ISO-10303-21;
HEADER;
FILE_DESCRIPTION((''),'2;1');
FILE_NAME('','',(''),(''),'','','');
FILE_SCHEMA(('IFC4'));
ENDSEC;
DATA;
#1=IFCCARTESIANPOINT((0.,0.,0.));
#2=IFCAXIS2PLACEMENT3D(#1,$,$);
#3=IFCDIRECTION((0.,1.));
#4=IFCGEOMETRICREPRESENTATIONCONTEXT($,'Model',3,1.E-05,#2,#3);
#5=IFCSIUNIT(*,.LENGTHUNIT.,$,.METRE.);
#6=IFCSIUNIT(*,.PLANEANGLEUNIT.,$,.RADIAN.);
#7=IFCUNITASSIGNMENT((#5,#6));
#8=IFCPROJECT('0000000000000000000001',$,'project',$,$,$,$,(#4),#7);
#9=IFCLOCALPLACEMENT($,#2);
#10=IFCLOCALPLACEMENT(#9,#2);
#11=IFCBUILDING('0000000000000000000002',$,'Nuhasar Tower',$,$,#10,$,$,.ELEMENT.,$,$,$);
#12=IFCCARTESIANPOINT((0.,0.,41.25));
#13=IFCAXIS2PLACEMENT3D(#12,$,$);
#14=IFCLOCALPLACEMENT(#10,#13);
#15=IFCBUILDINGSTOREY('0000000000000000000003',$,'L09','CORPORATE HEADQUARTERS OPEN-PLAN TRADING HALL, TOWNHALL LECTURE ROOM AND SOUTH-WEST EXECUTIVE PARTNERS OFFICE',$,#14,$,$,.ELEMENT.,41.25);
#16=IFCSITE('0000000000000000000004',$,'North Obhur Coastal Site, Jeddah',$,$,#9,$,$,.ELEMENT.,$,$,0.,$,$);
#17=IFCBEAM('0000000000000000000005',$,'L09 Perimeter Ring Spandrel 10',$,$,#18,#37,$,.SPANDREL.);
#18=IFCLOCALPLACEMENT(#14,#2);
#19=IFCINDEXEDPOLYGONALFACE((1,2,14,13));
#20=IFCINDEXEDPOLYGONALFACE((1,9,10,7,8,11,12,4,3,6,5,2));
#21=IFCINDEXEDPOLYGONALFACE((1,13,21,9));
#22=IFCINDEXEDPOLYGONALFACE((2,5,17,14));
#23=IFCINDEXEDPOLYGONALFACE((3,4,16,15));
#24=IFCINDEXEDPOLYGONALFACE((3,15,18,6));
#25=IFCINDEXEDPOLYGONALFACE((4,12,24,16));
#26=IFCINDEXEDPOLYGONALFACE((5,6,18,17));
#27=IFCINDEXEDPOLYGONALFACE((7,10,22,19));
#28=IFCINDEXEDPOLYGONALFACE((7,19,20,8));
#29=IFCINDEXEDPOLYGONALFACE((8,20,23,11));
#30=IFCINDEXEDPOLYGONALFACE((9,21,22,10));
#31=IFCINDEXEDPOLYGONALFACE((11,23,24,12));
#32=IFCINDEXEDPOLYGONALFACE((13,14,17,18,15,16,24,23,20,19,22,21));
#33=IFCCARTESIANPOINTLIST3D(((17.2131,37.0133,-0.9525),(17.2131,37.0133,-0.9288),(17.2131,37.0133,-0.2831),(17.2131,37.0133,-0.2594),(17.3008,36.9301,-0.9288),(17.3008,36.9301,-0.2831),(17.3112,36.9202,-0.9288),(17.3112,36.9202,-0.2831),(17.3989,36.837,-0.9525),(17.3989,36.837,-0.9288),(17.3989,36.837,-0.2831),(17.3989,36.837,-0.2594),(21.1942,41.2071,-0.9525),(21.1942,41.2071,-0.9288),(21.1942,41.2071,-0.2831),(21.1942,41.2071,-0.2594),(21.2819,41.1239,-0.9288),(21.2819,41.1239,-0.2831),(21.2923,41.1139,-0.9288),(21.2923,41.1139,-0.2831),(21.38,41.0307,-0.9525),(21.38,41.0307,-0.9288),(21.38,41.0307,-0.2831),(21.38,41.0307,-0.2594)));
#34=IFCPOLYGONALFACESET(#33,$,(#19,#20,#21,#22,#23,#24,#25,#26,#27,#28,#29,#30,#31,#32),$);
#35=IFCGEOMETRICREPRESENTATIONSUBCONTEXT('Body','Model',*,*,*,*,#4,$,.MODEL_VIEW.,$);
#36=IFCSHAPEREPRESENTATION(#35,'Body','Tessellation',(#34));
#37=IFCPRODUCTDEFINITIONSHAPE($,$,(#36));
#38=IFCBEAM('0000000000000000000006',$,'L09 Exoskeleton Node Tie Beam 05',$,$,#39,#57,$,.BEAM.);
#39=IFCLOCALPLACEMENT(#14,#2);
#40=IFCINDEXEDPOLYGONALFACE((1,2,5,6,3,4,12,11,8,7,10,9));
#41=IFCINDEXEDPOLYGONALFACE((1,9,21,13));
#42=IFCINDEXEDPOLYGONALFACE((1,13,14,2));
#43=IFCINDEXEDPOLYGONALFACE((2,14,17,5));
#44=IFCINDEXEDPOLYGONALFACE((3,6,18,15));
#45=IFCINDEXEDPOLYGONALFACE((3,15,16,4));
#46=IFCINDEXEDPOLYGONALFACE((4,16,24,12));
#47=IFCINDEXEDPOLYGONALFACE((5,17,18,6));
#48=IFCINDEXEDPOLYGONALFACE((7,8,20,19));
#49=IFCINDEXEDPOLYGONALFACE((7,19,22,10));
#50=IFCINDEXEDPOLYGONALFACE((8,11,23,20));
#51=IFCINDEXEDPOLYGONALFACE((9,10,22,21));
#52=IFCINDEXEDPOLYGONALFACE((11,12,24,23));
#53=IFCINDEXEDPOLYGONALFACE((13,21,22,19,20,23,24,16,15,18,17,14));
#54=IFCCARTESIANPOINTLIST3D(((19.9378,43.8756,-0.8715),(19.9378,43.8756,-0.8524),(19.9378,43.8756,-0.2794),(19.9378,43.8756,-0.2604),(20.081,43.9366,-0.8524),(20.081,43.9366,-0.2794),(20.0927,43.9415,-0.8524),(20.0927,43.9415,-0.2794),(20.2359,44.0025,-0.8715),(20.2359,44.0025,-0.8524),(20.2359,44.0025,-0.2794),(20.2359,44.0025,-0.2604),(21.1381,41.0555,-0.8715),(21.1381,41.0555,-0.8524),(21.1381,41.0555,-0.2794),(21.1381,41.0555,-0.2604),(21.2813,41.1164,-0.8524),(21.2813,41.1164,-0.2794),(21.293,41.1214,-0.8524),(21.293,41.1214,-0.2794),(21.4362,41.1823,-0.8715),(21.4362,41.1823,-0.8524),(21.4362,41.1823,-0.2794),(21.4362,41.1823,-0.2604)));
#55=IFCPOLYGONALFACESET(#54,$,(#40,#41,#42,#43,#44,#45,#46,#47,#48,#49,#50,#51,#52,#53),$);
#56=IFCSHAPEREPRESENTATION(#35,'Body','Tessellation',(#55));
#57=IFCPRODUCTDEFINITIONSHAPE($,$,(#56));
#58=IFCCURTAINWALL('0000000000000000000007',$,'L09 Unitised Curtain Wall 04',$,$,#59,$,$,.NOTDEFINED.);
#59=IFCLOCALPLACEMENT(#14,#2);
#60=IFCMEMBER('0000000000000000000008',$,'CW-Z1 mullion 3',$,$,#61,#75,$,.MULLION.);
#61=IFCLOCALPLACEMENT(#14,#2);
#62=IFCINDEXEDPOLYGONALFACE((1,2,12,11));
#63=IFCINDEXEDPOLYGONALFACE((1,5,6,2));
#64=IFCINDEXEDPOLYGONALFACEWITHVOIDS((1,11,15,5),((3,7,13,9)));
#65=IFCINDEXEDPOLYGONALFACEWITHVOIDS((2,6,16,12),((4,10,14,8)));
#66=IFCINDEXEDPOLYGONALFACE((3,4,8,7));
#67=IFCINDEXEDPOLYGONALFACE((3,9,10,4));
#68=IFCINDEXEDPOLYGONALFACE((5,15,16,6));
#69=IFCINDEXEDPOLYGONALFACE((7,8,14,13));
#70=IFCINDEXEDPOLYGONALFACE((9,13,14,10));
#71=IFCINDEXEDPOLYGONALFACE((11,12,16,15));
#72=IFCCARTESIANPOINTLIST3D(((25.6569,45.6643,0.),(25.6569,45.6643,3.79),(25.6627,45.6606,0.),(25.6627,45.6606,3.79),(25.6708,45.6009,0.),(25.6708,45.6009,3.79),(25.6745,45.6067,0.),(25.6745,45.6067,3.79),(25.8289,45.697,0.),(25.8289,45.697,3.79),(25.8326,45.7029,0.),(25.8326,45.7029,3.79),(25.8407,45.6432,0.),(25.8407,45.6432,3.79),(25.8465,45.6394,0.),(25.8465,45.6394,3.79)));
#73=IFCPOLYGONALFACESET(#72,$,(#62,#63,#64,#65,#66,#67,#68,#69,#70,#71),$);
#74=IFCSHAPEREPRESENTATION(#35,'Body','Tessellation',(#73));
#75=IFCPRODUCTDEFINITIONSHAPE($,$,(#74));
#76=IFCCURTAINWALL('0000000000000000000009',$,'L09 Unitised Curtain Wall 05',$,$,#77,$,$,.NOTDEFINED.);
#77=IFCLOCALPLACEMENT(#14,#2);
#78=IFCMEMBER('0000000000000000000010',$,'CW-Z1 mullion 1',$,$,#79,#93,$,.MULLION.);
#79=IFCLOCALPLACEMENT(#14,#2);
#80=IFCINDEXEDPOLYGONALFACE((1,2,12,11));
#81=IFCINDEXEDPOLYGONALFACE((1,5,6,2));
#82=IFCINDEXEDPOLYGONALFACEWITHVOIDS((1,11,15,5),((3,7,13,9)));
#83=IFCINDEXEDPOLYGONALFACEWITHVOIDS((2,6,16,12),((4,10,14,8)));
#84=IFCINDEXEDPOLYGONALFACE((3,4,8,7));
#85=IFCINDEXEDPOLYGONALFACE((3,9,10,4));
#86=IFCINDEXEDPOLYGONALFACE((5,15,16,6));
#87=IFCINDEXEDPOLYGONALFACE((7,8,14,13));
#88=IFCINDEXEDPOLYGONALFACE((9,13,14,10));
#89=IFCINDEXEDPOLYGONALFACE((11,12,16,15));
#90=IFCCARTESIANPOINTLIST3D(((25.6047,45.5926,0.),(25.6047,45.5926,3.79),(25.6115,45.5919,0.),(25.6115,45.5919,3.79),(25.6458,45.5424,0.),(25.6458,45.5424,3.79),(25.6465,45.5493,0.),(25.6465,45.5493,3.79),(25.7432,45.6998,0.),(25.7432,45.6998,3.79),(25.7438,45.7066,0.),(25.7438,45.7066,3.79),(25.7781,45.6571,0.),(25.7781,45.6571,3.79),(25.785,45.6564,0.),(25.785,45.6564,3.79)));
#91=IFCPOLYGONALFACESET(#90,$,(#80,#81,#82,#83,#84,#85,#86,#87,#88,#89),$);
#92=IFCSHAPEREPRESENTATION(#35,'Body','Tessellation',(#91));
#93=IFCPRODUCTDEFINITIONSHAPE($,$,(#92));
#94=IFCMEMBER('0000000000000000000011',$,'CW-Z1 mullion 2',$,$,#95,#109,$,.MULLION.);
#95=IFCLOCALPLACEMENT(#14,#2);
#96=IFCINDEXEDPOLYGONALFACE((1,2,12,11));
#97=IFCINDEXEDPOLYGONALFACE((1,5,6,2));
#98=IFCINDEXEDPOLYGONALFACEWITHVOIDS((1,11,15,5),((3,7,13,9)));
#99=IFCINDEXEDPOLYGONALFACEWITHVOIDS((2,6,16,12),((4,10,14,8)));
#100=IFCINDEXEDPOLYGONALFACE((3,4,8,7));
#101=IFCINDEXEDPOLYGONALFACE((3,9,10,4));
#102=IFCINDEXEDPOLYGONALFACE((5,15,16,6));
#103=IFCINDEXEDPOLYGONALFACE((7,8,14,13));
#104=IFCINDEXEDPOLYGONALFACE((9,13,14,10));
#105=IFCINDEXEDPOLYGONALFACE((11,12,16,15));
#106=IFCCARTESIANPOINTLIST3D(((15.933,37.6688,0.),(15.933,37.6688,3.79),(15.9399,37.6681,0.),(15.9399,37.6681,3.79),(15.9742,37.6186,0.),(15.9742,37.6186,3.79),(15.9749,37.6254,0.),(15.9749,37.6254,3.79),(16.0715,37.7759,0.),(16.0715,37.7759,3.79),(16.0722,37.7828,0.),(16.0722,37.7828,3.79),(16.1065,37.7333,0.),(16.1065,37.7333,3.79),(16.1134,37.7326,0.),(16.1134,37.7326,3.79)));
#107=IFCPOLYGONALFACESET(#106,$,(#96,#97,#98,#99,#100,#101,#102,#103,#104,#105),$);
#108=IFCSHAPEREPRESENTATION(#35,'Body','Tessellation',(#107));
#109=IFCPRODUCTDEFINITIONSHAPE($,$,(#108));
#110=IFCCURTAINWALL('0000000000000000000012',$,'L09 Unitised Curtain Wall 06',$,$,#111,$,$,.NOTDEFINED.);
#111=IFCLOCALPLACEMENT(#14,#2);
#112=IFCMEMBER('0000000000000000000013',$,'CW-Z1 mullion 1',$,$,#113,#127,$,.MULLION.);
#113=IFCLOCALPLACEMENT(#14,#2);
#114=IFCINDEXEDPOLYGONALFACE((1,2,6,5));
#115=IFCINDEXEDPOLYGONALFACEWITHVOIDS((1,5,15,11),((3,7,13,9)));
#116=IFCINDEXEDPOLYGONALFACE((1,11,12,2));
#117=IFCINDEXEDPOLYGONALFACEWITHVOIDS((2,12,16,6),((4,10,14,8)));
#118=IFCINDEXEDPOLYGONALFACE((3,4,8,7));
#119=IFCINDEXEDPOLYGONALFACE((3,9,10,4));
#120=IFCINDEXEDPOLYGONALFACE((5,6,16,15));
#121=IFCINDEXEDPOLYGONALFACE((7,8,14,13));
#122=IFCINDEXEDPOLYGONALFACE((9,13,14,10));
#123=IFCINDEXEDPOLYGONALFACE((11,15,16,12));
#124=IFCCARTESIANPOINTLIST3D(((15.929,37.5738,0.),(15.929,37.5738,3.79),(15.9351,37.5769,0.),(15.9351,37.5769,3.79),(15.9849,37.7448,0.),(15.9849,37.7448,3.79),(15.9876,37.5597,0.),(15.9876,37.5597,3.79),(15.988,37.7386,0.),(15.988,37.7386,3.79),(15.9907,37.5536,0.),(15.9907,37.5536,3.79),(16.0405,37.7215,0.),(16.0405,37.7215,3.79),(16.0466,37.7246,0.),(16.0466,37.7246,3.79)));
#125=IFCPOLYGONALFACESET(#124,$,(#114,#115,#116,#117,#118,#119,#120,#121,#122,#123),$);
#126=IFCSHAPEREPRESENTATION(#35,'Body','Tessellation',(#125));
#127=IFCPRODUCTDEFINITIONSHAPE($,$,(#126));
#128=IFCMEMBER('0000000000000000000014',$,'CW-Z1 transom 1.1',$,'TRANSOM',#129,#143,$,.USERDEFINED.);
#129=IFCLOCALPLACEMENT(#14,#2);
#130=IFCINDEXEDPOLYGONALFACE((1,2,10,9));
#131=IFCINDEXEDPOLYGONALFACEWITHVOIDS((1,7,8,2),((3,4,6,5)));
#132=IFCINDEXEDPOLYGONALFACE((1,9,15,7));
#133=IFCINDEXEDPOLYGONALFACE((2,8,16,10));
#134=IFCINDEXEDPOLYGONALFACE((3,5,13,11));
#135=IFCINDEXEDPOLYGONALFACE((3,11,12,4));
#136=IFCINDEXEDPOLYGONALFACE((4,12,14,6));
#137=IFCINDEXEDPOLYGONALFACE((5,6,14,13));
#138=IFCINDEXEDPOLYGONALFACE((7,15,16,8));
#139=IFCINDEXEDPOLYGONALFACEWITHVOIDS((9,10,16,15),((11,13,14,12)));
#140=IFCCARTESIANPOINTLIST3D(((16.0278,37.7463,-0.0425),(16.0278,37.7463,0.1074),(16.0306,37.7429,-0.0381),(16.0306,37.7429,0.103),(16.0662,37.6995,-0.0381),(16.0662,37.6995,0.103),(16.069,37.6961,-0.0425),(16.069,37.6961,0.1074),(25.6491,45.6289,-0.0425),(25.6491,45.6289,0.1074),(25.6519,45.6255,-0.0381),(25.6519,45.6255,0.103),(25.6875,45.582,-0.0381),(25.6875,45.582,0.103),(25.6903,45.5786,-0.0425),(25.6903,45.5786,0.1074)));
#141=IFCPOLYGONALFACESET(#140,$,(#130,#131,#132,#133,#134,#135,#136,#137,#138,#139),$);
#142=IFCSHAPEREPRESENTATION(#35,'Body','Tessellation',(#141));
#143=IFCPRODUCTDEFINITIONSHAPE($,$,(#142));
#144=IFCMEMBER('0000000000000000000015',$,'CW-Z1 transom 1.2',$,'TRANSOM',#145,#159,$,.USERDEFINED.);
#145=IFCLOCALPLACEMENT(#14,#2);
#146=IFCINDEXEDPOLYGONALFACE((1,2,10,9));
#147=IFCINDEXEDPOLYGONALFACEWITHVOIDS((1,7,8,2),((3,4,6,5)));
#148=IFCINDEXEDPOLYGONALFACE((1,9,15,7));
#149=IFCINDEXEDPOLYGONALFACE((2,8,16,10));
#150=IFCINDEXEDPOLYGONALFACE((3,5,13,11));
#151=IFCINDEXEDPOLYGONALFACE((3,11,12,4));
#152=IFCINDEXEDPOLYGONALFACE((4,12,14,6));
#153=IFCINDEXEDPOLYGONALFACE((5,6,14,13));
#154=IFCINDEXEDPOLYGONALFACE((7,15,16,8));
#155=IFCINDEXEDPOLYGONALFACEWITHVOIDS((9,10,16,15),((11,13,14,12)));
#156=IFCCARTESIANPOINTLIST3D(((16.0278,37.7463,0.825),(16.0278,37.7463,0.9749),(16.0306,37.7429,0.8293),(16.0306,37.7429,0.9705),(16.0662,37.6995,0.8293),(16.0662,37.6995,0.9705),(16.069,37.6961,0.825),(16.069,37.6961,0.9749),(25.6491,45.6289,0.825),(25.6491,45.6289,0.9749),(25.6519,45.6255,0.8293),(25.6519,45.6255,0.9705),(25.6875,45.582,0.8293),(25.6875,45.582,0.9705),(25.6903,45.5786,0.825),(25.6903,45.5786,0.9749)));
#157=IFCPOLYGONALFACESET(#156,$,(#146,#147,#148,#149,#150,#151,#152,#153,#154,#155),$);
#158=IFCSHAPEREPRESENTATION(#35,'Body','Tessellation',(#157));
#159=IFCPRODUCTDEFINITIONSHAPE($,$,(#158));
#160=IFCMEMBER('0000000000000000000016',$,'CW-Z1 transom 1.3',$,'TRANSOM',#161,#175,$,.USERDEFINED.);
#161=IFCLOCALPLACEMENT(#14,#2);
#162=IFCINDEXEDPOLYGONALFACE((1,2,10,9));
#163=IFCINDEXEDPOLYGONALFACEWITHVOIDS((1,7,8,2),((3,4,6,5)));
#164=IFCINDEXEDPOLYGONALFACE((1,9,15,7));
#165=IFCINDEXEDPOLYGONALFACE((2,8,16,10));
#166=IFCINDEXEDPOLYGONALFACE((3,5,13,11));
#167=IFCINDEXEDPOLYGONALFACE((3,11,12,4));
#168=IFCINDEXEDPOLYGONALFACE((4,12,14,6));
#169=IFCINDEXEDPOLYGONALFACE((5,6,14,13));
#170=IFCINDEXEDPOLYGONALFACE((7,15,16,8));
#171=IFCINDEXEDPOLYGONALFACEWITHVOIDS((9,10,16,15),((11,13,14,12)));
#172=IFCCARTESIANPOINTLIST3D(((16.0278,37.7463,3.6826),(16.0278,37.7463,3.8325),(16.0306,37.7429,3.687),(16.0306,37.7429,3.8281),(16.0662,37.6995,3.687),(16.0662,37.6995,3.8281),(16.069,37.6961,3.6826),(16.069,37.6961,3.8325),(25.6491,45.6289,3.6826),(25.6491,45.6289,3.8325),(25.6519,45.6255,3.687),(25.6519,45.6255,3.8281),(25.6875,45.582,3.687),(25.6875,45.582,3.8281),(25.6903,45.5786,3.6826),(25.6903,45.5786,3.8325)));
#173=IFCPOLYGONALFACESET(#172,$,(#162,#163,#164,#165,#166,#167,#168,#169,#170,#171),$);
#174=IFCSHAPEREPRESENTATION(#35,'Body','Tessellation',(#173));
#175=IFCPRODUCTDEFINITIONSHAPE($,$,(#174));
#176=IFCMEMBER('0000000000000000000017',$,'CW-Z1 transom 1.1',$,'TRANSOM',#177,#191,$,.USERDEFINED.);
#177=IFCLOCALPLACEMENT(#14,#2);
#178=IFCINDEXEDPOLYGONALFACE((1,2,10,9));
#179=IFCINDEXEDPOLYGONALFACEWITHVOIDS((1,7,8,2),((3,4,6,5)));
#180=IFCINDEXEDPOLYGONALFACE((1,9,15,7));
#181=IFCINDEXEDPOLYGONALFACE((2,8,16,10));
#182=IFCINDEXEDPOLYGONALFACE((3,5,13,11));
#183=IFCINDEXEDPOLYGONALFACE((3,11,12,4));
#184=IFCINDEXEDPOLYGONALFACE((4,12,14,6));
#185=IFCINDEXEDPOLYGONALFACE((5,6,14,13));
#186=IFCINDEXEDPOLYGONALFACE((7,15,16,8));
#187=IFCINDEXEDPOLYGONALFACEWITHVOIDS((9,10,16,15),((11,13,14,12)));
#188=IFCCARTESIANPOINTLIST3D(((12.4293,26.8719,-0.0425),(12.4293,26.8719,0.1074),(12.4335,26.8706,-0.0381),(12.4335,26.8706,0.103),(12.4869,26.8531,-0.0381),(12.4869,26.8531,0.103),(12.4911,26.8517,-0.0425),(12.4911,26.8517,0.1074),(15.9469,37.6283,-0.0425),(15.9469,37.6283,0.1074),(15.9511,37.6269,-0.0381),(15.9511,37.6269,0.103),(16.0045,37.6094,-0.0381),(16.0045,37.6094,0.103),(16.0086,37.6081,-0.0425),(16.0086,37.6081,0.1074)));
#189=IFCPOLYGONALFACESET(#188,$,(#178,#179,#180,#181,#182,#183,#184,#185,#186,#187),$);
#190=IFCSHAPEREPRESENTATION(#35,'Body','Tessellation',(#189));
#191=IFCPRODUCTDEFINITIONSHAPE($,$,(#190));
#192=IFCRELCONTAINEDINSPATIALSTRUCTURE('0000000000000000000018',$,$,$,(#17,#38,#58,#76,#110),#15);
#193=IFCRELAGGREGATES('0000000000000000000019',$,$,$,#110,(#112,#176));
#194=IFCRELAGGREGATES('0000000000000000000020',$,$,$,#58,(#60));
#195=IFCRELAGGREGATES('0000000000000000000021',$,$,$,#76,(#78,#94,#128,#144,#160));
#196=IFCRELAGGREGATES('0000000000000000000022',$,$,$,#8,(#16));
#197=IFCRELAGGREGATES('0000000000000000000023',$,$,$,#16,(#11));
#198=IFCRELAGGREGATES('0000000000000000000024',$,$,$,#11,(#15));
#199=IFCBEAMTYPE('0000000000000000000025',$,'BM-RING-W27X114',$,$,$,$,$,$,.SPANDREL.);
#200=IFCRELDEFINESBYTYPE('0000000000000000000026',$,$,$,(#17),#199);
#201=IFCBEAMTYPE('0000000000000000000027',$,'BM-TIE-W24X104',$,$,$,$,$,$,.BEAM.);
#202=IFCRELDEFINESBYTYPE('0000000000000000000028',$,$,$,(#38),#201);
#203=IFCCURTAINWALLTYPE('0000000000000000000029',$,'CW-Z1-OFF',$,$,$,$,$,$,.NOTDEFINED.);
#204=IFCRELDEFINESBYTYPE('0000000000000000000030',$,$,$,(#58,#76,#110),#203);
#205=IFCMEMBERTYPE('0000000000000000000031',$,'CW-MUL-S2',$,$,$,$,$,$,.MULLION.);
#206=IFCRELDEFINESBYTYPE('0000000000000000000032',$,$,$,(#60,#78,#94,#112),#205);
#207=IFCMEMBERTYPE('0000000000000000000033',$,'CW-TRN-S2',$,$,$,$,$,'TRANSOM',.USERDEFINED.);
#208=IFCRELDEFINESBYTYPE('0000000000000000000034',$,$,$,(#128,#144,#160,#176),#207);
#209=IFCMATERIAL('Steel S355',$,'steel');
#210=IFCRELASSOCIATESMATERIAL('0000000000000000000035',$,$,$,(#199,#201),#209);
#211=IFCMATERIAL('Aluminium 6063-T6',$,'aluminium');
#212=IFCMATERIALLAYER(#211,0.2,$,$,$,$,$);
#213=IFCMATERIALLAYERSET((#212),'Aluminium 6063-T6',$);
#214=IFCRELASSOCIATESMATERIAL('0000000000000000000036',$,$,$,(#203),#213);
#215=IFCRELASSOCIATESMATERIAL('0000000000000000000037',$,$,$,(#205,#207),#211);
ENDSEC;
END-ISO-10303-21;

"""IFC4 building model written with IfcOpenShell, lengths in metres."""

from ifc_helpers import new_model, si_unit, direction, frame, origin, origin_2d, place, context, subcontext, project, spatial, hollow_rectangle, i_section, extrude, material, layer, layer_set, material_profile, profile_set, type_object, element, aggregate, save


model = new_model("IFC4")

# Units and contexts
model_context = context("Model", 3, precision=1e-05, world=origin(), true_north=direction((0.0, 1.0)))
body_context = subcontext(model_context, "Body", "Model", "MODEL_VIEW")
ifc_project = project(units=[si_unit("LENGTHUNIT", "METRE"), si_unit("PLANEANGLEUNIT", "RADIAN")], contexts=[model_context])

# Site, building, storey
site_placement = place(None, origin())
site = spatial("IfcSite", under=ifc_project, at=site_placement, Name="North Obhur Coastal Site, Jeddah", CompositionType="ELEMENT", RefElevation=0.0)
building_placement = place(site_placement, origin())
building = spatial("IfcBuilding", under=site, at=building_placement, Name="Nuhasar Tower", CompositionType="ELEMENT")
storey_placement = place(building_placement, frame((0.0, 0.0, 41.25)))
storey = spatial("IfcBuildingStorey", under=building, at=storey_placement, Name="L09", Description="CORPORATE HEADQUARTERS OPEN-PLAN TRADING HALL, TOWNHALL LECTURE ROOM AND SOUTH-WEST EXECUTIVE PARTNERS OFFICE", CompositionType="ELEMENT", Elevation=41.25)

# Beams
ifc_material_1 = material(Name="Steel S355", Category="steel")
ifc_material_profile_1 = material_profile(ifc_material_1, i_section(OverallWidth=0.2561, OverallDepth=0.6931, WebThickness=0.0144, FlangeThickness=0.0237, at=origin_2d()), Name="W27X114")
ifc_profile_set_1 = profile_set([ifc_material_profile_1], Name="Steel S355")
beam_type_1 = type_object("IfcBeamType", Name="BM-RING-W27X114", PredefinedType="SPANDREL", material=ifc_profile_set_1)
beam_1_placement = place(storey_placement, frame((21.2871, 41.1189, -0.606), z_axis=(-0.688481, -0.725254, 0.0), x_axis=(0.725254, -0.688481, 0.0)))
element("IfcBeam", 1, at=beam_1_placement, inside=storey, type_object=beam_type_1, Name="L09 Perimeter Ring Spandrel 10", PredefinedType="SPANDREL", context=body_context, shape_type="SweptSolid", body=[
    extrude(i_section(OverallWidth=0.2561, OverallDepth=0.6931, WebThickness=0.0144, FlangeThickness=0.0237, at=origin_2d()), origin(), (0.0, 0.0, 1.0), 5.7825),
])
ifc_material_profile_2 = material_profile(ifc_material_1, i_section(OverallWidth=0.324, OverallDepth=0.6111, WebThickness=0.0127, FlangeThickness=0.019, at=origin_2d()), Name="W24X104")
ifc_profile_set_2 = profile_set([ifc_material_profile_2], Name="Steel S355")
beam_type_2 = type_object("IfcBeamType", Name="BM-TIE-W24X104", PredefinedType="BEAM", material=ifc_profile_set_2)
beam_2_placement = place(storey_placement, frame((21.2871, 41.1189, -0.5659), z_axis=(-0.391601, 0.920135, 0.0), x_axis=(-0.920135, -0.391601, 0.0)))
element("IfcBeam", 2, at=beam_2_placement, inside=storey, type_object=beam_type_2, Name="L09 Exoskeleton Node Tie Beam 05", PredefinedType="BEAM", context=body_context, shape_type="SweptSolid", body=[
    extrude(i_section(OverallWidth=0.324, OverallDepth=0.6111, WebThickness=0.0127, FlangeThickness=0.019, at=origin_2d()), origin(), (0.0, 0.0, 1.0), 3.0649),
])

# Curtain wall, member
ifc_material_2 = material(Name="Aluminium 6063-T6", Category="aluminium")
ifc_layer_1 = layer(ifc_material_2, 0.2)
ifc_layer_set_1 = layer_set([ifc_layer_1], Name="Aluminium 6063-T6")
curtain_wall_type = type_object("IfcCurtainWallType", Name="CW-Z1-OFF", PredefinedType="NOTDEFINED", material=ifc_layer_set_1)
curtain_wall_1_placement = place(storey_placement, origin())
curtain_wall_1 = element("IfcCurtainWall", 3, at=curtain_wall_1_placement, inside=storey, type_object=curtain_wall_type, Name="L09 Unitised Curtain Wall 04", PredefinedType="NOTDEFINED")
ifc_material_profile_3 = material_profile(ifc_material_2, hollow_rectangle(XDim=0.0649, YDim=0.1799, WallThickness=0.0049, at=origin_2d()), Name="CWM-2")
ifc_profile_set_3 = profile_set([ifc_material_profile_3], Name="Aluminium 6063-T6")
member_type_1 = type_object("IfcMemberType", Name="CW-MUL-S2", PredefinedType="MULLION", material=ifc_profile_set_3)
member_1_placement = place(storey_placement, frame((25.7517, 45.6519, 0.0), z_axis=(0.0, 0.0, 1.0), x_axis=(0.214399, -0.976746, 0.0)))
member_1 = element("IfcMember", 4, at=member_1_placement, type_object=member_type_1, Name="CW-Z1 mullion 3", PredefinedType="MULLION", context=body_context, shape_type="SweptSolid", body=[
    extrude(hollow_rectangle(XDim=0.0649, YDim=0.1799, WallThickness=0.0049, at=origin_2d()), origin(), (0.0, 0.0, 1.0), 3.79),
])

# Curtain wall, members
curtain_wall_2_placement = place(storey_placement, origin())
curtain_wall_2 = element("IfcCurtainWall", 5, at=curtain_wall_2_placement, inside=storey, type_object=curtain_wall_type, Name="L09 Unitised Curtain Wall 05", PredefinedType="NOTDEFINED")
member_2_placement = place(storey_placement, frame((25.6948, 45.6245, 0.0), z_axis=(0.0, 0.0, 1.0), x_axis=(0.633745, -0.773542, 0.0)))
member_2 = element("IfcMember", 6, at=member_2_placement, type_object=member_type_1, Name="CW-Z1 mullion 1", PredefinedType="MULLION", context=body_context, shape_type="SweptSolid", body=[
    extrude(hollow_rectangle(XDim=0.0649, YDim=0.1799, WallThickness=0.0049, at=origin_2d()), origin(), (0.0, 0.0, 1.0), 3.79),
])
member_3_placement = place(storey_placement, frame((16.0232, 37.7007, 0.0), z_axis=(0.0, 0.0, 1.0), x_axis=(0.633745, -0.773542, 0.0)))
member_3 = element("IfcMember", 7, at=member_3_placement, type_object=member_type_1, Name="CW-Z1 mullion 2", PredefinedType="MULLION", context=body_context, shape_type="SweptSolid", body=[
    extrude(hollow_rectangle(XDim=0.0649, YDim=0.1799, WallThickness=0.0049, at=origin_2d()), origin(), (0.0, 0.0, 1.0), 3.79),
])

# Curtain wall, member
curtain_wall_3_placement = place(storey_placement, origin())
curtain_wall_3 = element("IfcCurtainWall", 8, at=curtain_wall_3_placement, inside=storey, type_object=curtain_wall_type, Name="L09 Unitised Curtain Wall 06", PredefinedType="NOTDEFINED")
member_4_placement = place(storey_placement, frame((15.9878, 37.6492, 0.0), z_axis=(0.0, 0.0, 1.0), x_axis=(0.950468, -0.310824, 0.0)))
member_4 = element("IfcMember", 9, at=member_4_placement, type_object=member_type_1, Name="CW-Z1 mullion 1", PredefinedType="MULLION", context=body_context, shape_type="SweptSolid", body=[
    extrude(hollow_rectangle(XDim=0.0649, YDim=0.1799, WallThickness=0.0049, at=origin_2d()), origin(), (0.0, 0.0, 1.0), 3.79),
])

# Members
ifc_material_profile_4 = material_profile(ifc_material_2, hollow_rectangle(XDim=0.0649, YDim=0.1499, WallThickness=0.0044, at=origin_2d()), Name="CWT-2")
ifc_profile_set_4 = profile_set([ifc_material_profile_4], Name="Aluminium 6063-T6")
member_type_2 = type_object("IfcMemberType", Name="CW-TRN-S2", ElementType="TRANSOM", PredefinedType="USERDEFINED", material=ifc_profile_set_4)
member_5_placement = place(storey_placement, frame((25.6697, 45.6038, 0.0325), z_axis=(-0.773541, -0.633746, 0.0), x_axis=(0.633746, -0.773541, 0.0)))
member_5 = element("IfcMember", 10, at=member_5_placement, type_object=member_type_2, Name="CW-Z1 transom 1.1", ObjectType="TRANSOM", PredefinedType="USERDEFINED", context=body_context, shape_type="SweptSolid", body=[
    extrude(hollow_rectangle(XDim=0.0649, YDim=0.1499, WallThickness=0.0044, at=origin_2d()), origin(), (0.0, 0.0, 1.0), 12.438),
])
member_6_placement = place(storey_placement, frame((25.6697, 45.6038, 0.8999), z_axis=(-0.773541, -0.633746, 0.0), x_axis=(0.633746, -0.773541, 0.0)))
member_6 = element("IfcMember", 11, at=member_6_placement, type_object=member_type_2, Name="CW-Z1 transom 1.2", ObjectType="TRANSOM", PredefinedType="USERDEFINED", context=body_context, shape_type="SweptSolid", body=[
    extrude(hollow_rectangle(XDim=0.0649, YDim=0.1499, WallThickness=0.0044, at=origin_2d()), origin(), (0.0, 0.0, 1.0), 12.438),
])
member_7_placement = place(storey_placement, frame((25.6697, 45.6038, 3.7576), z_axis=(-0.773541, -0.633746, 0.0), x_axis=(0.633746, -0.773541, 0.0)))
member_7 = element("IfcMember", 12, at=member_7_placement, type_object=member_type_2, Name="CW-Z1 transom 1.3", ObjectType="TRANSOM", PredefinedType="USERDEFINED", context=body_context, shape_type="SweptSolid", body=[
    extrude(hollow_rectangle(XDim=0.0649, YDim=0.1499, WallThickness=0.0044, at=origin_2d()), origin(), (0.0, 0.0, 1.0), 12.438),
])
member_8_placement = place(storey_placement, frame((15.9778, 37.6182, 0.0325), z_axis=(-0.310825, -0.950467, 0.0), x_axis=(0.950467, -0.310825, 0.0)))
member_8 = element("IfcMember", 13, at=member_8_placement, type_object=member_type_2, Name="CW-Z1 transom 1.1", ObjectType="TRANSOM", PredefinedType="USERDEFINED", context=body_context, shape_type="SweptSolid", body=[
    extrude(hollow_rectangle(XDim=0.0649, YDim=0.1499, WallThickness=0.0044, at=origin_2d()), origin(), (0.0, 0.0, 1.0), 11.3169),
])
aggregate(curtain_wall_3, [member_4, member_8])

aggregate(curtain_wall_1, [member_1])
aggregate(curtain_wall_2, [member_2, member_3, member_5, member_6, member_7])

save(model, "model.ifc")
